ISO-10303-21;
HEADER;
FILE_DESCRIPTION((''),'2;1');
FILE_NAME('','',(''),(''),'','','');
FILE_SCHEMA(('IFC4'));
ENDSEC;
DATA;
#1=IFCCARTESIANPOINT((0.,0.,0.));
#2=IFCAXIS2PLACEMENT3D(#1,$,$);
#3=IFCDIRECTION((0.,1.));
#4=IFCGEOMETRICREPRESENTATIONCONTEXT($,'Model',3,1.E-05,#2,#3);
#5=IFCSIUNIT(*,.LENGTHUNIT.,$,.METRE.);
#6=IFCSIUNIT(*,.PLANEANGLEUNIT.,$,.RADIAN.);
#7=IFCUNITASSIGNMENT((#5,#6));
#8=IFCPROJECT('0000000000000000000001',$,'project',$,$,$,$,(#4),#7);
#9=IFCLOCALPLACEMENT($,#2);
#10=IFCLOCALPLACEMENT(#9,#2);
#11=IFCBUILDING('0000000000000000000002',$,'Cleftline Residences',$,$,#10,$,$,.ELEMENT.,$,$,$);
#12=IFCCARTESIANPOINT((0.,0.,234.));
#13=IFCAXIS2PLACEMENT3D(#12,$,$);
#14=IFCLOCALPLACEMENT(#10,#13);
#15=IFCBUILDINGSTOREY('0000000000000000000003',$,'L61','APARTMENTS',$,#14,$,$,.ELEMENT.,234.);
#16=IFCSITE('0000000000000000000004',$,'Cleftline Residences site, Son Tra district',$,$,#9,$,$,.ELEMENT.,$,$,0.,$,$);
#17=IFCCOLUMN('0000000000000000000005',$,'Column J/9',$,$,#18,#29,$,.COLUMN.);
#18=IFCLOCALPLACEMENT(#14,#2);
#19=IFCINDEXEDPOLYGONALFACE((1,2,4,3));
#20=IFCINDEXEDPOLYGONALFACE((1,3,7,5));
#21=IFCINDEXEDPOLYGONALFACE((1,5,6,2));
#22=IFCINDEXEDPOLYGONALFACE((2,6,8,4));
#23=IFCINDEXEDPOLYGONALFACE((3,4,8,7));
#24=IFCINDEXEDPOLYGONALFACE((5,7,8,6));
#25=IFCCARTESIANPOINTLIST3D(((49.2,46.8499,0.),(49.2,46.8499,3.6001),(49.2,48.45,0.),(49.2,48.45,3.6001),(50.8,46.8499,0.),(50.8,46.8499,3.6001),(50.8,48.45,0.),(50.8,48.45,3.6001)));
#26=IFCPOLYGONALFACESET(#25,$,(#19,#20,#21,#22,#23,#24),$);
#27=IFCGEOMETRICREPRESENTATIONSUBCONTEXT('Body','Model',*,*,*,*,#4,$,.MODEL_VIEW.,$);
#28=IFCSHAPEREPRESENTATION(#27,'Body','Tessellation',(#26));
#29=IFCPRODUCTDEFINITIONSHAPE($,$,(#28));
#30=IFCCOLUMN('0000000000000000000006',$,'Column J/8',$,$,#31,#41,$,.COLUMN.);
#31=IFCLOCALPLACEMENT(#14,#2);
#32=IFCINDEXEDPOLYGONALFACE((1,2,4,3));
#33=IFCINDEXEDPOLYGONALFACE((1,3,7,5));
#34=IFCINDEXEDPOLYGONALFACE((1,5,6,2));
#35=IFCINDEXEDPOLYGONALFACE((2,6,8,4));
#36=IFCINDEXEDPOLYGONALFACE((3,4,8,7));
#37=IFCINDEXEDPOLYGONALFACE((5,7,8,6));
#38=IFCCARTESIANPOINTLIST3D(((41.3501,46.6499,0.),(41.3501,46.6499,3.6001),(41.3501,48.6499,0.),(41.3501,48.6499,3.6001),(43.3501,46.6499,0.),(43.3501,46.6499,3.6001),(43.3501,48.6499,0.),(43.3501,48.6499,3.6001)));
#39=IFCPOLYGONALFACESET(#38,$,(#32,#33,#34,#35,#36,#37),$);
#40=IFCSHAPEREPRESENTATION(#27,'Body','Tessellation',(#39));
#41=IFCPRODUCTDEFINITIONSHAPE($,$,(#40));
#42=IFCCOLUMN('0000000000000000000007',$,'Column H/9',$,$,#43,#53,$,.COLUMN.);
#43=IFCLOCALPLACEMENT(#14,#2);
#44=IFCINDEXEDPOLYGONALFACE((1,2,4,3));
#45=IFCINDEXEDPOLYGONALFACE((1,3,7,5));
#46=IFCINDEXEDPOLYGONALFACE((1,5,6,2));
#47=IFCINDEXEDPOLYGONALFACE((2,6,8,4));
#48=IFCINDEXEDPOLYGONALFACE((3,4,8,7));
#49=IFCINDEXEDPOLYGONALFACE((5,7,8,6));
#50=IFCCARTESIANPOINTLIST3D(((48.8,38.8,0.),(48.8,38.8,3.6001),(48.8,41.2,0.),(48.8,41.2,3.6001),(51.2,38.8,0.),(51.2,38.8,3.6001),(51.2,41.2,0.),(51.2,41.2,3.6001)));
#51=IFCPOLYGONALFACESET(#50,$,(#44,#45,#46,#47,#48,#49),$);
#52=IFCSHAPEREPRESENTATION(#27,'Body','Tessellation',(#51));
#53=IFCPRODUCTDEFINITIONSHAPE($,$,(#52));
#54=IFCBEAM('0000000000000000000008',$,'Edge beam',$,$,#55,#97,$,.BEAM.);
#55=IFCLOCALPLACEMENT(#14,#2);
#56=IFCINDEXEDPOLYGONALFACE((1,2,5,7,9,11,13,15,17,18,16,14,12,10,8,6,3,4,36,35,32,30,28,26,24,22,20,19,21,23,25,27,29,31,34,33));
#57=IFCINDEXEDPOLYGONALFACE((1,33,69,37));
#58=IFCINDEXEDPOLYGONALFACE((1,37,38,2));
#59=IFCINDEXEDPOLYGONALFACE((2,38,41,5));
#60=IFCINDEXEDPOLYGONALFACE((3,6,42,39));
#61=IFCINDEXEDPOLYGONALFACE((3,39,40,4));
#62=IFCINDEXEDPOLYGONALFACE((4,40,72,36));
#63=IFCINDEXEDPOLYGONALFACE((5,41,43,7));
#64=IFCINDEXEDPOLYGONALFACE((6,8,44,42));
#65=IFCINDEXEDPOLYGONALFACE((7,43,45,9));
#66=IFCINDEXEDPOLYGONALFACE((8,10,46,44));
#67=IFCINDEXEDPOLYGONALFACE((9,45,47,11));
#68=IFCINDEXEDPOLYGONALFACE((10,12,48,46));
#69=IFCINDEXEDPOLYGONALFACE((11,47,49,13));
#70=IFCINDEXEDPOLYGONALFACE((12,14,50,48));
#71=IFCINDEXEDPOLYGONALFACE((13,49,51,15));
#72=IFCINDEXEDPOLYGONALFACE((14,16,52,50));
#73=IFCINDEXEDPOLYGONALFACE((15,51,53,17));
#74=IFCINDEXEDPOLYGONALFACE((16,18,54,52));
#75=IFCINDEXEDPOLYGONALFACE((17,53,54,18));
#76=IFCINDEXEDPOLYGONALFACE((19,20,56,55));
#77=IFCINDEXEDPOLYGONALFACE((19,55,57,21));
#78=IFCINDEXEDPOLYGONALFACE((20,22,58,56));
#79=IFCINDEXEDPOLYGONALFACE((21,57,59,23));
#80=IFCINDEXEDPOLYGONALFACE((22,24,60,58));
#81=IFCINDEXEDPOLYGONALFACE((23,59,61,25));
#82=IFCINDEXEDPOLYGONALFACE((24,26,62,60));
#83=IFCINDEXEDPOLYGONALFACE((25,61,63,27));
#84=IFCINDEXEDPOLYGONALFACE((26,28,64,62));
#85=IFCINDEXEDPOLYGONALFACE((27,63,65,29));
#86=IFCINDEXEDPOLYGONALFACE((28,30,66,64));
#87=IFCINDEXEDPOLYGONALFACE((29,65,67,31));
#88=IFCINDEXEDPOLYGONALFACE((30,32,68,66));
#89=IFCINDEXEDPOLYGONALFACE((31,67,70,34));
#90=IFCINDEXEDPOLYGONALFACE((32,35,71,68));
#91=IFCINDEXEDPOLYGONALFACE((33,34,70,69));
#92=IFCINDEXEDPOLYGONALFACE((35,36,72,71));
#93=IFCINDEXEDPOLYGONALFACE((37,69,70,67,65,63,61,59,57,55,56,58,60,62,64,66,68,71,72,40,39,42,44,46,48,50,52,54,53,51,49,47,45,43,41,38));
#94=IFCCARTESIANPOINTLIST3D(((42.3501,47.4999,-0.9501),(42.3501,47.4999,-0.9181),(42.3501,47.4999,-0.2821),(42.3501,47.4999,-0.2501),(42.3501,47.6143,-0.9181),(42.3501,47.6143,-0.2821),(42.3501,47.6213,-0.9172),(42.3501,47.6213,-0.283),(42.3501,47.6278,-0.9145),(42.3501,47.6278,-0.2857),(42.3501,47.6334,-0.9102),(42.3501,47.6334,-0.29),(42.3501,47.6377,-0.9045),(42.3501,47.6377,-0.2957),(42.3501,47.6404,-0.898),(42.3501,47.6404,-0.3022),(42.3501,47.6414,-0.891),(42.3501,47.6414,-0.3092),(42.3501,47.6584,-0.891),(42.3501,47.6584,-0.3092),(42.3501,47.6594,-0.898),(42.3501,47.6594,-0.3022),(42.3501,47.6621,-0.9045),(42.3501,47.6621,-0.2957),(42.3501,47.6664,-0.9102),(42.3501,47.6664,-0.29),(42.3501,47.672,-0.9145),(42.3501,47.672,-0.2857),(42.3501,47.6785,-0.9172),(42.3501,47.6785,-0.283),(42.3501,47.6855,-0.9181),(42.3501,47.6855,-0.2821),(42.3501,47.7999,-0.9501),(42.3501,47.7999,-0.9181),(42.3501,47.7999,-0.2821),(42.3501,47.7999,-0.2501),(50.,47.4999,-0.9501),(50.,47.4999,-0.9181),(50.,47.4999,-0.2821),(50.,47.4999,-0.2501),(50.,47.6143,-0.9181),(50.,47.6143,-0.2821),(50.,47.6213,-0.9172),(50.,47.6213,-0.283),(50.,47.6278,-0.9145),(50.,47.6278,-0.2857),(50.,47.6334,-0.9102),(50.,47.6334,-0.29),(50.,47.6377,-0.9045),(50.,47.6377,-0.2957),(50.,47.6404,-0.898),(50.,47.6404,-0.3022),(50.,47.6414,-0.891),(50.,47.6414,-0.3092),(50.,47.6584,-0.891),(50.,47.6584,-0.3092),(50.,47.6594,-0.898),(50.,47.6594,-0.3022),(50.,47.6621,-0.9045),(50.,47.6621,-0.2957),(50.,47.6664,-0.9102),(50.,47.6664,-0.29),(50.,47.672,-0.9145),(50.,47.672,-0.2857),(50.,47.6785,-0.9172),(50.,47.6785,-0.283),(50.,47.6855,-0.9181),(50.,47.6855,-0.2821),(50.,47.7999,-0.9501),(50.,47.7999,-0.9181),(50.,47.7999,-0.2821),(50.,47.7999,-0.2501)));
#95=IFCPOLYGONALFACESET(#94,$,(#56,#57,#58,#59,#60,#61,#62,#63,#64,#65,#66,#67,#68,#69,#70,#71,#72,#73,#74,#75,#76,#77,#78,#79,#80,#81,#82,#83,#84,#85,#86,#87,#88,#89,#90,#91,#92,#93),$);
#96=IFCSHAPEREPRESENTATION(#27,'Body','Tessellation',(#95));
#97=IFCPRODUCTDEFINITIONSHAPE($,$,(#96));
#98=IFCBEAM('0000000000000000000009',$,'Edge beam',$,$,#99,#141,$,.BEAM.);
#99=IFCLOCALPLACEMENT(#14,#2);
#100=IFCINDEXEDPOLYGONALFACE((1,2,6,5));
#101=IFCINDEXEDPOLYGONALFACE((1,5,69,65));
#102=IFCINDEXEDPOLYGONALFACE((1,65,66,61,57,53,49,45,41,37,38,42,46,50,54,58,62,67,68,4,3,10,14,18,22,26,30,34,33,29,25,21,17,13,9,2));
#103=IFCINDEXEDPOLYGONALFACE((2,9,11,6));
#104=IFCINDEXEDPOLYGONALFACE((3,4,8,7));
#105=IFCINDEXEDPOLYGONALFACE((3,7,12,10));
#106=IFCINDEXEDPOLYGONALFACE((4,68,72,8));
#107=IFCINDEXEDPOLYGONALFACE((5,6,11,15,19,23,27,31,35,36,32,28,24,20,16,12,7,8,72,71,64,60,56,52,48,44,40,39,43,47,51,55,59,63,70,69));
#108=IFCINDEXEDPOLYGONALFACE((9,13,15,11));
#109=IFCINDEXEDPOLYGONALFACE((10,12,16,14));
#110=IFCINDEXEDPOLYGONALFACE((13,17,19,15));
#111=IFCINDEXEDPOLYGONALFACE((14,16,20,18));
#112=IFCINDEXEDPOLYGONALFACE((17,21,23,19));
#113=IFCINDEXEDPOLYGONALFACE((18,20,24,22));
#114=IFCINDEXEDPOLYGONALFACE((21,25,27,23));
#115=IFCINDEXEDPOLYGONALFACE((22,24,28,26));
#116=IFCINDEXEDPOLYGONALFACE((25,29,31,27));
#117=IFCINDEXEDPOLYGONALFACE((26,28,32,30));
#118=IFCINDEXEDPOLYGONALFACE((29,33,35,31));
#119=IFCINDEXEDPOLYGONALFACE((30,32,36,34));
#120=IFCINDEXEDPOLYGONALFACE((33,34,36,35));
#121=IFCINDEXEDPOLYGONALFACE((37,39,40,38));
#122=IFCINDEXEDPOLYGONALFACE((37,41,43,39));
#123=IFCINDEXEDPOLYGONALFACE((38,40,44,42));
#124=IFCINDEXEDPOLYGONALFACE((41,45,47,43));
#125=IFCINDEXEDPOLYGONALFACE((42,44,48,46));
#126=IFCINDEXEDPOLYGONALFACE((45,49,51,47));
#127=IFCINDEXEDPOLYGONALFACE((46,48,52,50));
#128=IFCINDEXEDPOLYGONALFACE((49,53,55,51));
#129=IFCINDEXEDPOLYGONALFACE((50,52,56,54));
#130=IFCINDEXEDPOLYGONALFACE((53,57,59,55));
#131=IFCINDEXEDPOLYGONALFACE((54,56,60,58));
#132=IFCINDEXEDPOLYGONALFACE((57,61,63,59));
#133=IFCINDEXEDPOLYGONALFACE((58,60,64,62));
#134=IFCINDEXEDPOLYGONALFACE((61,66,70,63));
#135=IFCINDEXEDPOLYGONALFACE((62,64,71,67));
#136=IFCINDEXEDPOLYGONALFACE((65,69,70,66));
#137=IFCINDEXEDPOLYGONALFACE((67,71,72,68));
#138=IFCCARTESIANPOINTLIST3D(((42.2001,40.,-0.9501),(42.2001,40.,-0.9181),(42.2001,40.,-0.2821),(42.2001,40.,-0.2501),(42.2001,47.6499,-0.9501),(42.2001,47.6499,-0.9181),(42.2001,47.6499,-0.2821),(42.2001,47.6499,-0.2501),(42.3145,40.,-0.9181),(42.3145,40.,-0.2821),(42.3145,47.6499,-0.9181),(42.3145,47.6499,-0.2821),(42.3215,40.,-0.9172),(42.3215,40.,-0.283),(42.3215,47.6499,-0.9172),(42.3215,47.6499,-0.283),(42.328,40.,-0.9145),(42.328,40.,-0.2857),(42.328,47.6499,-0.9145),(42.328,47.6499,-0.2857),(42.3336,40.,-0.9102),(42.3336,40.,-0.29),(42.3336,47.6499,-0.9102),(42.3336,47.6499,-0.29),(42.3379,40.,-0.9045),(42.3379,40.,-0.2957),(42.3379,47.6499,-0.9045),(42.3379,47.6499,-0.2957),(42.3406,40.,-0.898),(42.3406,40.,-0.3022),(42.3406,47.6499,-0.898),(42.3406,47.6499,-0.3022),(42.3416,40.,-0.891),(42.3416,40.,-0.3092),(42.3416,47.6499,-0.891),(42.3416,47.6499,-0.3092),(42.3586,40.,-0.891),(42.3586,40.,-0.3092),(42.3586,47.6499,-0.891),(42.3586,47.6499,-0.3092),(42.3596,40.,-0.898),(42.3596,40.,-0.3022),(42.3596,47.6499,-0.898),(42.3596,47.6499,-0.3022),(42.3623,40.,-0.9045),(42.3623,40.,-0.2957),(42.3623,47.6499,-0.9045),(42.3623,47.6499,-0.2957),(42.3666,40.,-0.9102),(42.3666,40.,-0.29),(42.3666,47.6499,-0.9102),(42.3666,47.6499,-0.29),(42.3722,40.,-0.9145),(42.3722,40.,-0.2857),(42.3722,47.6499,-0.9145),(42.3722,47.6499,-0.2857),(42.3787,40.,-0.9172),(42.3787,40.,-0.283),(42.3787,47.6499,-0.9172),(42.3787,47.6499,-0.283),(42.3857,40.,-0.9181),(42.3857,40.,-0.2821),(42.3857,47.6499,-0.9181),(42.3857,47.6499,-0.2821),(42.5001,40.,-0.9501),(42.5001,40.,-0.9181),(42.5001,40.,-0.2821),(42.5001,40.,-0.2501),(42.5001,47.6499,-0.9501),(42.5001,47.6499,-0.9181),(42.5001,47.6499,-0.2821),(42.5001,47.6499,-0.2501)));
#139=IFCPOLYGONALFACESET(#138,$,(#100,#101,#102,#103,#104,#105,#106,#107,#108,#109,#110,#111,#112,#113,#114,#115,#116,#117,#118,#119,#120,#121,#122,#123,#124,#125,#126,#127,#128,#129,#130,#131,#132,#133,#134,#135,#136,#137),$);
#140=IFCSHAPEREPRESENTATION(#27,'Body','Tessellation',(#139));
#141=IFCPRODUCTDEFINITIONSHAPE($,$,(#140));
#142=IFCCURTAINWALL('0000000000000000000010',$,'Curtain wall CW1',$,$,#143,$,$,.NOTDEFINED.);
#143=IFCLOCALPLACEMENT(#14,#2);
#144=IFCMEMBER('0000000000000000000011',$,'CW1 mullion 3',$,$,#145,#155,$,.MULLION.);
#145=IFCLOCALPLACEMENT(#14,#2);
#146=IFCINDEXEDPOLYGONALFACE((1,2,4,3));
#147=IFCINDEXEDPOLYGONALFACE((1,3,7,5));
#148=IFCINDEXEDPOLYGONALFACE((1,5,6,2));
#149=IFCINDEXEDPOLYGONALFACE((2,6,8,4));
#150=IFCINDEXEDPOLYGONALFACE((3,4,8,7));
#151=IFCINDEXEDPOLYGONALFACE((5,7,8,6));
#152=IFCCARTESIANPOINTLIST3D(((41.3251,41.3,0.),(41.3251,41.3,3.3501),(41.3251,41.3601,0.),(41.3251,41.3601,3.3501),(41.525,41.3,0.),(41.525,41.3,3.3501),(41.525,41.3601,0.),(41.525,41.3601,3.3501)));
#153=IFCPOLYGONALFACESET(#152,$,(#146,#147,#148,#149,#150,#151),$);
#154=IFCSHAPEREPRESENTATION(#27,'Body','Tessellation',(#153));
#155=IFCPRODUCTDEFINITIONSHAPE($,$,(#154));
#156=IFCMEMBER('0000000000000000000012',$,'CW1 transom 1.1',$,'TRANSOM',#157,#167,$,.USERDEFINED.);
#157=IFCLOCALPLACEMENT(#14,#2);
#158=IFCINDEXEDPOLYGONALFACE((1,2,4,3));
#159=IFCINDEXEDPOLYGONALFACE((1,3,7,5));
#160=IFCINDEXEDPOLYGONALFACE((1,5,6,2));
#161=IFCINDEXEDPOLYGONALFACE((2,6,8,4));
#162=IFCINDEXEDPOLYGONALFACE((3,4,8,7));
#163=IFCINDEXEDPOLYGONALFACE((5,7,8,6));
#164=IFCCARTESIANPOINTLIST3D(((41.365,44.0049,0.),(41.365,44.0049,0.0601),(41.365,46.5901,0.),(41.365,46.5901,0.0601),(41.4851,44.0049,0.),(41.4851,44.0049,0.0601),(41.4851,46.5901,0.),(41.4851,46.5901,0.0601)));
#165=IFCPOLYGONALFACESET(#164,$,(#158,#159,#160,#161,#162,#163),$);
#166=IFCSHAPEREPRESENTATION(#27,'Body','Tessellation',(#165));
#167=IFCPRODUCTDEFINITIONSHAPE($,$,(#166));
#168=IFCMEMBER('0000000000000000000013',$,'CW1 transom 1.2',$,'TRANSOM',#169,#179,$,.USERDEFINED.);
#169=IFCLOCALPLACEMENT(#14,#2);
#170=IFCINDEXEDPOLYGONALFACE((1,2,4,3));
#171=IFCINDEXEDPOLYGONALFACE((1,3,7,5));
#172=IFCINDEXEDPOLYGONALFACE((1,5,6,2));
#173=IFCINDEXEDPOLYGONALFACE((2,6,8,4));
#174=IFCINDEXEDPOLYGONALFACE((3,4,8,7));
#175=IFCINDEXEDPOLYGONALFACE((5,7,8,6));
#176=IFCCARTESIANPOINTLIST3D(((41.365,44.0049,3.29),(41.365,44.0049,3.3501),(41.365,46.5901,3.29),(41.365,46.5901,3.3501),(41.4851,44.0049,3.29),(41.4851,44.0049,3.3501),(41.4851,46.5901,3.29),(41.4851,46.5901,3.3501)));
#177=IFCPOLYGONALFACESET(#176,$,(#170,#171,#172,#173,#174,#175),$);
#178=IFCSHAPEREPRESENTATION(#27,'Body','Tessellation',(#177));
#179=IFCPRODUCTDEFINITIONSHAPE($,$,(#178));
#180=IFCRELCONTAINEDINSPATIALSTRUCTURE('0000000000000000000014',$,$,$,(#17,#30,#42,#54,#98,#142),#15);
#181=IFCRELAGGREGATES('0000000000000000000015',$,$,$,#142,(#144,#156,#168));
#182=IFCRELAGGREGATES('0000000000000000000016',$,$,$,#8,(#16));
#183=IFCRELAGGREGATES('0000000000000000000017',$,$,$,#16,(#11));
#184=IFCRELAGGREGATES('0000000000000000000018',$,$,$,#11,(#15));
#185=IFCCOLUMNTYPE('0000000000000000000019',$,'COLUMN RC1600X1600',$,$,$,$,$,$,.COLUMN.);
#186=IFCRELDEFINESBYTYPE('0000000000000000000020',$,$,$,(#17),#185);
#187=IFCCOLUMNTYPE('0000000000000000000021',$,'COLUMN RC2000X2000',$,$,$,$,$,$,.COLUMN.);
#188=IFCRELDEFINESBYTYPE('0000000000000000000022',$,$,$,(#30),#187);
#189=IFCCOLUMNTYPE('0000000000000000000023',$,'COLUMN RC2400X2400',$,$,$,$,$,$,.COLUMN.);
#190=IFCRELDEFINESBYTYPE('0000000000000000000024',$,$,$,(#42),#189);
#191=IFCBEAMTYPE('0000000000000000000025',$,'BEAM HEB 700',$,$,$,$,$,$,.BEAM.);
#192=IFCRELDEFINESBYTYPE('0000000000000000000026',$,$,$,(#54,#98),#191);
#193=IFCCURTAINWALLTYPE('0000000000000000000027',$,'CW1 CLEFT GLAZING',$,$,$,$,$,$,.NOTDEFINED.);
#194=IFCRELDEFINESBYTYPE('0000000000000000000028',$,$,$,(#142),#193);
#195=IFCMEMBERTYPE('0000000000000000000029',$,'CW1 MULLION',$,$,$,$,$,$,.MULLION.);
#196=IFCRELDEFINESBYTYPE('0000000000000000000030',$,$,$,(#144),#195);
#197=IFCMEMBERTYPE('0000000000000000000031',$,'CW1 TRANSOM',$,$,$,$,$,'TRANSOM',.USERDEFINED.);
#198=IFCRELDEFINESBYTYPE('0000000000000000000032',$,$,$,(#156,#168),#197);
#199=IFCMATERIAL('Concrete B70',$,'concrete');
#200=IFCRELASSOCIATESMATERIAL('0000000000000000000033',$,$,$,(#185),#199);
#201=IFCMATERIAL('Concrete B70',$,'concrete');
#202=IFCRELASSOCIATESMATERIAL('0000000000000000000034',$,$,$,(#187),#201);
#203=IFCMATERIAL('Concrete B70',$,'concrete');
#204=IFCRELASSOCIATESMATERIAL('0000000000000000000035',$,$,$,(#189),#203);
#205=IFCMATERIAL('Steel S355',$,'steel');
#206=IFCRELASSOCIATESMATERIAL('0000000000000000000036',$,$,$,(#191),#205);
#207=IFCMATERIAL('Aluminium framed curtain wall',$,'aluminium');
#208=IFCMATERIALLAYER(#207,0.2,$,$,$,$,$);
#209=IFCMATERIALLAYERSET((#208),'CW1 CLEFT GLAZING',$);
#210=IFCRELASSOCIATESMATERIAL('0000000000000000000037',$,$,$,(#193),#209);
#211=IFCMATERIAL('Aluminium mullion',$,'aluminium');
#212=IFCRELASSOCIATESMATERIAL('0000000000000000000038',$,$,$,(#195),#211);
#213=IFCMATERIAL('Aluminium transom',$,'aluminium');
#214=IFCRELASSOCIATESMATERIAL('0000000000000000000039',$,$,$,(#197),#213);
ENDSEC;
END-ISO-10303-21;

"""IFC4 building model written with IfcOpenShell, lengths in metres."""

from ifc_helpers import new_model, si_unit, direction, frame, origin, origin_2d, place, context, subcontext, project, spatial, rectangle, i_section, extrude, material, layer, layer_set, material_profile, profile_set, type_object, element, aggregate, save


model = new_model("IFC4")

# Units and contexts
model_context = context("Model", 3, precision=1e-05, world=origin(), true_north=direction((0.0, 1.0)))
body_context = subcontext(model_context, "Body", "Model", "MODEL_VIEW")
ifc_project = project(units=[si_unit("LENGTHUNIT", "METRE"), si_unit("PLANEANGLEUNIT", "RADIAN")], contexts=[model_context])

# Site, building, storey
site_placement = place(None, origin())
site = spatial("IfcSite", under=ifc_project, at=site_placement, Name="Cleftline Residences site, Son Tra district", CompositionType="ELEMENT", RefElevation=0.0)
building_placement = place(site_placement, origin())
building = spatial("IfcBuilding", under=site, at=building_placement, Name="Cleftline Residences", CompositionType="ELEMENT")
storey_placement = place(building_placement, frame((0.0, 0.0, 234.0)))
storey = spatial("IfcBuildingStorey", under=building, at=storey_placement, Name="L61", Description="APARTMENTS", CompositionType="ELEMENT", Elevation=234.0)

# Columns
ifc_material_1 = material(Name="Concrete B70", Category="concrete")
ifc_material_profile_1 = material_profile(ifc_material_1, rectangle(XDim=1.6001, YDim=1.6001, at=origin_2d()))
ifc_profile_set_1 = profile_set([ifc_material_profile_1], Name="Concrete B70")
column_type_1 = type_object("IfcColumnType", Name="COLUMN RC1600X1600", PredefinedType="COLUMN", material=ifc_profile_set_1)
column_1_placement = place(storey_placement, frame((50.0, 47.6499, 0.0), z_axis=(0.0, 0.0, 1.0), x_axis=(1.0, 0.0, 0.0)))
element("IfcColumn", 1, at=column_1_placement, inside=storey, type_object=column_type_1, Name="Column J/9", PredefinedType="COLUMN", context=body_context, shape_type="SweptSolid", body=[
    extrude(rectangle(XDim=1.6001, YDim=1.6001, at=origin_2d()), origin(), (0.0, 0.0, 1.0), 3.6001),
])
ifc_material_2 = material(Name="Concrete B70", Category="concrete")
ifc_material_profile_2 = material_profile(ifc_material_2, rectangle(XDim=2.0, YDim=2.0, at=origin_2d()))
ifc_profile_set_2 = profile_set([ifc_material_profile_2], Name="Concrete B70")
column_type_2 = type_object("IfcColumnType", Name="COLUMN RC2000X2000", PredefinedType="COLUMN", material=ifc_profile_set_2)
column_2_placement = place(storey_placement, frame((42.3501, 47.6499, 0.0), z_axis=(0.0, 0.0, 1.0), x_axis=(1.0, 0.0, 0.0)))
element("IfcColumn", 2, at=column_2_placement, inside=storey, type_object=column_type_2, Name="Column J/8", PredefinedType="COLUMN", context=body_context, shape_type="SweptSolid", body=[
    extrude(rectangle(XDim=2.0, YDim=2.0, at=origin_2d()), origin(), (0.0, 0.0, 1.0), 3.6001),
])
ifc_material_3 = material(Name="Concrete B70", Category="concrete")
ifc_material_profile_3 = material_profile(ifc_material_3, rectangle(XDim=2.3999, YDim=2.3999, at=origin_2d()))
ifc_profile_set_3 = profile_set([ifc_material_profile_3], Name="Concrete B70")
column_type_3 = type_object("IfcColumnType", Name="COLUMN RC2400X2400", PredefinedType="COLUMN", material=ifc_profile_set_3)
column_3_placement = place(storey_placement, frame((50.0, 40.0, 0.0), z_axis=(0.0, 0.0, 1.0), x_axis=(1.0, 0.0, 0.0)))
element("IfcColumn", 3, at=column_3_placement, inside=storey, type_object=column_type_3, Name="Column H/9", PredefinedType="COLUMN", context=body_context, shape_type="SweptSolid", body=[
    extrude(rectangle(XDim=2.3999, YDim=2.3999, at=origin_2d()), origin(), (0.0, 0.0, 1.0), 3.6001),
])

# Beams
ifc_material_4 = material(Name="Steel S355", Category="steel")
ifc_material_profile_4 = material_profile(ifc_material_4, i_section(OverallWidth=0.3, OverallDepth=0.7, WebThickness=0.0171, FlangeThickness=0.032, FilletRadius=0.0271, at=origin_2d()))
ifc_profile_set_4 = profile_set([ifc_material_profile_4], Name="Steel S355")
beam_type = type_object("IfcBeamType", Name="BEAM HEB 700", PredefinedType="BEAM", material=ifc_profile_set_4)
for number, where, z_axis, x_axis, name in (
    (4, (50.0, 47.6499, -0.6001), (-1.0, 0.0, 0.0), (0.0, -1.0, 0.0), "Edge beam"),
    (5, (42.3501, 47.6499, -0.6001), (0.0, -1.0, 0.0), (1.0, 0.0, 0.0), "Edge beam"),
):
    element("IfcBeam", number, at=place(storey_placement, frame(where, z_axis=z_axis, x_axis=x_axis)), inside=storey, type_object=beam_type, Name=name, PredefinedType="BEAM", context=body_context, shape_type="SweptSolid", body=[
        extrude(i_section(OverallWidth=0.3, OverallDepth=0.7, WebThickness=0.0171, FlangeThickness=0.032, FilletRadius=0.0271, at=origin_2d()), origin(), (0.0, 0.0, 1.0), 7.6499),
    ])

# Curtain wall, members
ifc_material_5 = material(Name="Aluminium framed curtain wall", Category="aluminium")
ifc_layer_1 = layer(ifc_material_5, 0.2)
ifc_layer_set_1 = layer_set([ifc_layer_1], Name="CW1 CLEFT GLAZING")
curtain_wall_type = type_object("IfcCurtainWallType", Name="CW1 CLEFT GLAZING", PredefinedType="NOTDEFINED", material=ifc_layer_set_1)
curtain_wall_placement = place(storey_placement, origin())
curtain_wall = element("IfcCurtainWall", 6, at=curtain_wall_placement, inside=storey, type_object=curtain_wall_type, Name="Curtain wall CW1", PredefinedType="NOTDEFINED")
ifc_material_6 = material(Name="Aluminium mullion", Category="aluminium")
ifc_material_profile_5 = material_profile(ifc_material_6, rectangle(XDim=0.2, YDim=0.0601, at=origin_2d()))
ifc_profile_set_5 = profile_set([ifc_material_profile_5], Name="Aluminium mullion")
member_type_1 = type_object("IfcMemberType", Name="CW1 MULLION", PredefinedType="MULLION", material=ifc_profile_set_5)
member_1_placement = place(storey_placement, frame((41.425, 41.3301, 0.0), z_axis=(0.0, 0.0, 1.0), x_axis=(1.0, 0.0, 0.0)))
member_1 = element("IfcMember", 7, at=member_1_placement, type_object=member_type_1, Name="CW1 mullion 3", PredefinedType="MULLION", context=body_context, shape_type="SweptSolid", body=[
    extrude(rectangle(XDim=0.2, YDim=0.0601, at=origin_2d()), origin(), (0.0, 0.0, 1.0), 3.3501),
])
ifc_material_7 = material(Name="Aluminium transom", Category="aluminium")
ifc_material_profile_6 = material_profile(ifc_material_7, rectangle(XDim=0.1201, YDim=0.0601, at=origin_2d()))
ifc_profile_set_6 = profile_set([ifc_material_profile_6], Name="Aluminium transom")
member_type_2 = type_object("IfcMemberType", Name="CW1 TRANSOM", ElementType="TRANSOM", PredefinedType="USERDEFINED", material=ifc_profile_set_6)
member_2_placement = place(storey_placement, frame((41.425, 46.5901, 0.03), z_axis=(0.0, -1.0, 0.0), x_axis=(1.0, 0.0, 0.0)))
member_2 = element("IfcMember", 8, at=member_2_placement, type_object=member_type_2, Name="CW1 transom 1.1", ObjectType="TRANSOM", PredefinedType="USERDEFINED", context=body_context, shape_type="SweptSolid", body=[
    extrude(rectangle(XDim=0.1201, YDim=0.0601, at=origin_2d()), origin(), (0.0, 0.0, 1.0), 2.5852),
])
member_3_placement = place(storey_placement, frame((41.425, 46.5901, 3.3201), z_axis=(0.0, -1.0, 0.0), x_axis=(1.0, 0.0, 0.0)))
member_3 = element("IfcMember", 9, at=member_3_placement, type_object=member_type_2, Name="CW1 transom 1.2", ObjectType="TRANSOM", PredefinedType="USERDEFINED", context=body_context, shape_type="SweptSolid", body=[
    extrude(rectangle(XDim=0.1201, YDim=0.0601, at=origin_2d()), origin(), (0.0, 0.0, 1.0), 2.5852),
])
aggregate(curtain_wall, [member_1, member_2, member_3])

save(model, "model.ifc")
